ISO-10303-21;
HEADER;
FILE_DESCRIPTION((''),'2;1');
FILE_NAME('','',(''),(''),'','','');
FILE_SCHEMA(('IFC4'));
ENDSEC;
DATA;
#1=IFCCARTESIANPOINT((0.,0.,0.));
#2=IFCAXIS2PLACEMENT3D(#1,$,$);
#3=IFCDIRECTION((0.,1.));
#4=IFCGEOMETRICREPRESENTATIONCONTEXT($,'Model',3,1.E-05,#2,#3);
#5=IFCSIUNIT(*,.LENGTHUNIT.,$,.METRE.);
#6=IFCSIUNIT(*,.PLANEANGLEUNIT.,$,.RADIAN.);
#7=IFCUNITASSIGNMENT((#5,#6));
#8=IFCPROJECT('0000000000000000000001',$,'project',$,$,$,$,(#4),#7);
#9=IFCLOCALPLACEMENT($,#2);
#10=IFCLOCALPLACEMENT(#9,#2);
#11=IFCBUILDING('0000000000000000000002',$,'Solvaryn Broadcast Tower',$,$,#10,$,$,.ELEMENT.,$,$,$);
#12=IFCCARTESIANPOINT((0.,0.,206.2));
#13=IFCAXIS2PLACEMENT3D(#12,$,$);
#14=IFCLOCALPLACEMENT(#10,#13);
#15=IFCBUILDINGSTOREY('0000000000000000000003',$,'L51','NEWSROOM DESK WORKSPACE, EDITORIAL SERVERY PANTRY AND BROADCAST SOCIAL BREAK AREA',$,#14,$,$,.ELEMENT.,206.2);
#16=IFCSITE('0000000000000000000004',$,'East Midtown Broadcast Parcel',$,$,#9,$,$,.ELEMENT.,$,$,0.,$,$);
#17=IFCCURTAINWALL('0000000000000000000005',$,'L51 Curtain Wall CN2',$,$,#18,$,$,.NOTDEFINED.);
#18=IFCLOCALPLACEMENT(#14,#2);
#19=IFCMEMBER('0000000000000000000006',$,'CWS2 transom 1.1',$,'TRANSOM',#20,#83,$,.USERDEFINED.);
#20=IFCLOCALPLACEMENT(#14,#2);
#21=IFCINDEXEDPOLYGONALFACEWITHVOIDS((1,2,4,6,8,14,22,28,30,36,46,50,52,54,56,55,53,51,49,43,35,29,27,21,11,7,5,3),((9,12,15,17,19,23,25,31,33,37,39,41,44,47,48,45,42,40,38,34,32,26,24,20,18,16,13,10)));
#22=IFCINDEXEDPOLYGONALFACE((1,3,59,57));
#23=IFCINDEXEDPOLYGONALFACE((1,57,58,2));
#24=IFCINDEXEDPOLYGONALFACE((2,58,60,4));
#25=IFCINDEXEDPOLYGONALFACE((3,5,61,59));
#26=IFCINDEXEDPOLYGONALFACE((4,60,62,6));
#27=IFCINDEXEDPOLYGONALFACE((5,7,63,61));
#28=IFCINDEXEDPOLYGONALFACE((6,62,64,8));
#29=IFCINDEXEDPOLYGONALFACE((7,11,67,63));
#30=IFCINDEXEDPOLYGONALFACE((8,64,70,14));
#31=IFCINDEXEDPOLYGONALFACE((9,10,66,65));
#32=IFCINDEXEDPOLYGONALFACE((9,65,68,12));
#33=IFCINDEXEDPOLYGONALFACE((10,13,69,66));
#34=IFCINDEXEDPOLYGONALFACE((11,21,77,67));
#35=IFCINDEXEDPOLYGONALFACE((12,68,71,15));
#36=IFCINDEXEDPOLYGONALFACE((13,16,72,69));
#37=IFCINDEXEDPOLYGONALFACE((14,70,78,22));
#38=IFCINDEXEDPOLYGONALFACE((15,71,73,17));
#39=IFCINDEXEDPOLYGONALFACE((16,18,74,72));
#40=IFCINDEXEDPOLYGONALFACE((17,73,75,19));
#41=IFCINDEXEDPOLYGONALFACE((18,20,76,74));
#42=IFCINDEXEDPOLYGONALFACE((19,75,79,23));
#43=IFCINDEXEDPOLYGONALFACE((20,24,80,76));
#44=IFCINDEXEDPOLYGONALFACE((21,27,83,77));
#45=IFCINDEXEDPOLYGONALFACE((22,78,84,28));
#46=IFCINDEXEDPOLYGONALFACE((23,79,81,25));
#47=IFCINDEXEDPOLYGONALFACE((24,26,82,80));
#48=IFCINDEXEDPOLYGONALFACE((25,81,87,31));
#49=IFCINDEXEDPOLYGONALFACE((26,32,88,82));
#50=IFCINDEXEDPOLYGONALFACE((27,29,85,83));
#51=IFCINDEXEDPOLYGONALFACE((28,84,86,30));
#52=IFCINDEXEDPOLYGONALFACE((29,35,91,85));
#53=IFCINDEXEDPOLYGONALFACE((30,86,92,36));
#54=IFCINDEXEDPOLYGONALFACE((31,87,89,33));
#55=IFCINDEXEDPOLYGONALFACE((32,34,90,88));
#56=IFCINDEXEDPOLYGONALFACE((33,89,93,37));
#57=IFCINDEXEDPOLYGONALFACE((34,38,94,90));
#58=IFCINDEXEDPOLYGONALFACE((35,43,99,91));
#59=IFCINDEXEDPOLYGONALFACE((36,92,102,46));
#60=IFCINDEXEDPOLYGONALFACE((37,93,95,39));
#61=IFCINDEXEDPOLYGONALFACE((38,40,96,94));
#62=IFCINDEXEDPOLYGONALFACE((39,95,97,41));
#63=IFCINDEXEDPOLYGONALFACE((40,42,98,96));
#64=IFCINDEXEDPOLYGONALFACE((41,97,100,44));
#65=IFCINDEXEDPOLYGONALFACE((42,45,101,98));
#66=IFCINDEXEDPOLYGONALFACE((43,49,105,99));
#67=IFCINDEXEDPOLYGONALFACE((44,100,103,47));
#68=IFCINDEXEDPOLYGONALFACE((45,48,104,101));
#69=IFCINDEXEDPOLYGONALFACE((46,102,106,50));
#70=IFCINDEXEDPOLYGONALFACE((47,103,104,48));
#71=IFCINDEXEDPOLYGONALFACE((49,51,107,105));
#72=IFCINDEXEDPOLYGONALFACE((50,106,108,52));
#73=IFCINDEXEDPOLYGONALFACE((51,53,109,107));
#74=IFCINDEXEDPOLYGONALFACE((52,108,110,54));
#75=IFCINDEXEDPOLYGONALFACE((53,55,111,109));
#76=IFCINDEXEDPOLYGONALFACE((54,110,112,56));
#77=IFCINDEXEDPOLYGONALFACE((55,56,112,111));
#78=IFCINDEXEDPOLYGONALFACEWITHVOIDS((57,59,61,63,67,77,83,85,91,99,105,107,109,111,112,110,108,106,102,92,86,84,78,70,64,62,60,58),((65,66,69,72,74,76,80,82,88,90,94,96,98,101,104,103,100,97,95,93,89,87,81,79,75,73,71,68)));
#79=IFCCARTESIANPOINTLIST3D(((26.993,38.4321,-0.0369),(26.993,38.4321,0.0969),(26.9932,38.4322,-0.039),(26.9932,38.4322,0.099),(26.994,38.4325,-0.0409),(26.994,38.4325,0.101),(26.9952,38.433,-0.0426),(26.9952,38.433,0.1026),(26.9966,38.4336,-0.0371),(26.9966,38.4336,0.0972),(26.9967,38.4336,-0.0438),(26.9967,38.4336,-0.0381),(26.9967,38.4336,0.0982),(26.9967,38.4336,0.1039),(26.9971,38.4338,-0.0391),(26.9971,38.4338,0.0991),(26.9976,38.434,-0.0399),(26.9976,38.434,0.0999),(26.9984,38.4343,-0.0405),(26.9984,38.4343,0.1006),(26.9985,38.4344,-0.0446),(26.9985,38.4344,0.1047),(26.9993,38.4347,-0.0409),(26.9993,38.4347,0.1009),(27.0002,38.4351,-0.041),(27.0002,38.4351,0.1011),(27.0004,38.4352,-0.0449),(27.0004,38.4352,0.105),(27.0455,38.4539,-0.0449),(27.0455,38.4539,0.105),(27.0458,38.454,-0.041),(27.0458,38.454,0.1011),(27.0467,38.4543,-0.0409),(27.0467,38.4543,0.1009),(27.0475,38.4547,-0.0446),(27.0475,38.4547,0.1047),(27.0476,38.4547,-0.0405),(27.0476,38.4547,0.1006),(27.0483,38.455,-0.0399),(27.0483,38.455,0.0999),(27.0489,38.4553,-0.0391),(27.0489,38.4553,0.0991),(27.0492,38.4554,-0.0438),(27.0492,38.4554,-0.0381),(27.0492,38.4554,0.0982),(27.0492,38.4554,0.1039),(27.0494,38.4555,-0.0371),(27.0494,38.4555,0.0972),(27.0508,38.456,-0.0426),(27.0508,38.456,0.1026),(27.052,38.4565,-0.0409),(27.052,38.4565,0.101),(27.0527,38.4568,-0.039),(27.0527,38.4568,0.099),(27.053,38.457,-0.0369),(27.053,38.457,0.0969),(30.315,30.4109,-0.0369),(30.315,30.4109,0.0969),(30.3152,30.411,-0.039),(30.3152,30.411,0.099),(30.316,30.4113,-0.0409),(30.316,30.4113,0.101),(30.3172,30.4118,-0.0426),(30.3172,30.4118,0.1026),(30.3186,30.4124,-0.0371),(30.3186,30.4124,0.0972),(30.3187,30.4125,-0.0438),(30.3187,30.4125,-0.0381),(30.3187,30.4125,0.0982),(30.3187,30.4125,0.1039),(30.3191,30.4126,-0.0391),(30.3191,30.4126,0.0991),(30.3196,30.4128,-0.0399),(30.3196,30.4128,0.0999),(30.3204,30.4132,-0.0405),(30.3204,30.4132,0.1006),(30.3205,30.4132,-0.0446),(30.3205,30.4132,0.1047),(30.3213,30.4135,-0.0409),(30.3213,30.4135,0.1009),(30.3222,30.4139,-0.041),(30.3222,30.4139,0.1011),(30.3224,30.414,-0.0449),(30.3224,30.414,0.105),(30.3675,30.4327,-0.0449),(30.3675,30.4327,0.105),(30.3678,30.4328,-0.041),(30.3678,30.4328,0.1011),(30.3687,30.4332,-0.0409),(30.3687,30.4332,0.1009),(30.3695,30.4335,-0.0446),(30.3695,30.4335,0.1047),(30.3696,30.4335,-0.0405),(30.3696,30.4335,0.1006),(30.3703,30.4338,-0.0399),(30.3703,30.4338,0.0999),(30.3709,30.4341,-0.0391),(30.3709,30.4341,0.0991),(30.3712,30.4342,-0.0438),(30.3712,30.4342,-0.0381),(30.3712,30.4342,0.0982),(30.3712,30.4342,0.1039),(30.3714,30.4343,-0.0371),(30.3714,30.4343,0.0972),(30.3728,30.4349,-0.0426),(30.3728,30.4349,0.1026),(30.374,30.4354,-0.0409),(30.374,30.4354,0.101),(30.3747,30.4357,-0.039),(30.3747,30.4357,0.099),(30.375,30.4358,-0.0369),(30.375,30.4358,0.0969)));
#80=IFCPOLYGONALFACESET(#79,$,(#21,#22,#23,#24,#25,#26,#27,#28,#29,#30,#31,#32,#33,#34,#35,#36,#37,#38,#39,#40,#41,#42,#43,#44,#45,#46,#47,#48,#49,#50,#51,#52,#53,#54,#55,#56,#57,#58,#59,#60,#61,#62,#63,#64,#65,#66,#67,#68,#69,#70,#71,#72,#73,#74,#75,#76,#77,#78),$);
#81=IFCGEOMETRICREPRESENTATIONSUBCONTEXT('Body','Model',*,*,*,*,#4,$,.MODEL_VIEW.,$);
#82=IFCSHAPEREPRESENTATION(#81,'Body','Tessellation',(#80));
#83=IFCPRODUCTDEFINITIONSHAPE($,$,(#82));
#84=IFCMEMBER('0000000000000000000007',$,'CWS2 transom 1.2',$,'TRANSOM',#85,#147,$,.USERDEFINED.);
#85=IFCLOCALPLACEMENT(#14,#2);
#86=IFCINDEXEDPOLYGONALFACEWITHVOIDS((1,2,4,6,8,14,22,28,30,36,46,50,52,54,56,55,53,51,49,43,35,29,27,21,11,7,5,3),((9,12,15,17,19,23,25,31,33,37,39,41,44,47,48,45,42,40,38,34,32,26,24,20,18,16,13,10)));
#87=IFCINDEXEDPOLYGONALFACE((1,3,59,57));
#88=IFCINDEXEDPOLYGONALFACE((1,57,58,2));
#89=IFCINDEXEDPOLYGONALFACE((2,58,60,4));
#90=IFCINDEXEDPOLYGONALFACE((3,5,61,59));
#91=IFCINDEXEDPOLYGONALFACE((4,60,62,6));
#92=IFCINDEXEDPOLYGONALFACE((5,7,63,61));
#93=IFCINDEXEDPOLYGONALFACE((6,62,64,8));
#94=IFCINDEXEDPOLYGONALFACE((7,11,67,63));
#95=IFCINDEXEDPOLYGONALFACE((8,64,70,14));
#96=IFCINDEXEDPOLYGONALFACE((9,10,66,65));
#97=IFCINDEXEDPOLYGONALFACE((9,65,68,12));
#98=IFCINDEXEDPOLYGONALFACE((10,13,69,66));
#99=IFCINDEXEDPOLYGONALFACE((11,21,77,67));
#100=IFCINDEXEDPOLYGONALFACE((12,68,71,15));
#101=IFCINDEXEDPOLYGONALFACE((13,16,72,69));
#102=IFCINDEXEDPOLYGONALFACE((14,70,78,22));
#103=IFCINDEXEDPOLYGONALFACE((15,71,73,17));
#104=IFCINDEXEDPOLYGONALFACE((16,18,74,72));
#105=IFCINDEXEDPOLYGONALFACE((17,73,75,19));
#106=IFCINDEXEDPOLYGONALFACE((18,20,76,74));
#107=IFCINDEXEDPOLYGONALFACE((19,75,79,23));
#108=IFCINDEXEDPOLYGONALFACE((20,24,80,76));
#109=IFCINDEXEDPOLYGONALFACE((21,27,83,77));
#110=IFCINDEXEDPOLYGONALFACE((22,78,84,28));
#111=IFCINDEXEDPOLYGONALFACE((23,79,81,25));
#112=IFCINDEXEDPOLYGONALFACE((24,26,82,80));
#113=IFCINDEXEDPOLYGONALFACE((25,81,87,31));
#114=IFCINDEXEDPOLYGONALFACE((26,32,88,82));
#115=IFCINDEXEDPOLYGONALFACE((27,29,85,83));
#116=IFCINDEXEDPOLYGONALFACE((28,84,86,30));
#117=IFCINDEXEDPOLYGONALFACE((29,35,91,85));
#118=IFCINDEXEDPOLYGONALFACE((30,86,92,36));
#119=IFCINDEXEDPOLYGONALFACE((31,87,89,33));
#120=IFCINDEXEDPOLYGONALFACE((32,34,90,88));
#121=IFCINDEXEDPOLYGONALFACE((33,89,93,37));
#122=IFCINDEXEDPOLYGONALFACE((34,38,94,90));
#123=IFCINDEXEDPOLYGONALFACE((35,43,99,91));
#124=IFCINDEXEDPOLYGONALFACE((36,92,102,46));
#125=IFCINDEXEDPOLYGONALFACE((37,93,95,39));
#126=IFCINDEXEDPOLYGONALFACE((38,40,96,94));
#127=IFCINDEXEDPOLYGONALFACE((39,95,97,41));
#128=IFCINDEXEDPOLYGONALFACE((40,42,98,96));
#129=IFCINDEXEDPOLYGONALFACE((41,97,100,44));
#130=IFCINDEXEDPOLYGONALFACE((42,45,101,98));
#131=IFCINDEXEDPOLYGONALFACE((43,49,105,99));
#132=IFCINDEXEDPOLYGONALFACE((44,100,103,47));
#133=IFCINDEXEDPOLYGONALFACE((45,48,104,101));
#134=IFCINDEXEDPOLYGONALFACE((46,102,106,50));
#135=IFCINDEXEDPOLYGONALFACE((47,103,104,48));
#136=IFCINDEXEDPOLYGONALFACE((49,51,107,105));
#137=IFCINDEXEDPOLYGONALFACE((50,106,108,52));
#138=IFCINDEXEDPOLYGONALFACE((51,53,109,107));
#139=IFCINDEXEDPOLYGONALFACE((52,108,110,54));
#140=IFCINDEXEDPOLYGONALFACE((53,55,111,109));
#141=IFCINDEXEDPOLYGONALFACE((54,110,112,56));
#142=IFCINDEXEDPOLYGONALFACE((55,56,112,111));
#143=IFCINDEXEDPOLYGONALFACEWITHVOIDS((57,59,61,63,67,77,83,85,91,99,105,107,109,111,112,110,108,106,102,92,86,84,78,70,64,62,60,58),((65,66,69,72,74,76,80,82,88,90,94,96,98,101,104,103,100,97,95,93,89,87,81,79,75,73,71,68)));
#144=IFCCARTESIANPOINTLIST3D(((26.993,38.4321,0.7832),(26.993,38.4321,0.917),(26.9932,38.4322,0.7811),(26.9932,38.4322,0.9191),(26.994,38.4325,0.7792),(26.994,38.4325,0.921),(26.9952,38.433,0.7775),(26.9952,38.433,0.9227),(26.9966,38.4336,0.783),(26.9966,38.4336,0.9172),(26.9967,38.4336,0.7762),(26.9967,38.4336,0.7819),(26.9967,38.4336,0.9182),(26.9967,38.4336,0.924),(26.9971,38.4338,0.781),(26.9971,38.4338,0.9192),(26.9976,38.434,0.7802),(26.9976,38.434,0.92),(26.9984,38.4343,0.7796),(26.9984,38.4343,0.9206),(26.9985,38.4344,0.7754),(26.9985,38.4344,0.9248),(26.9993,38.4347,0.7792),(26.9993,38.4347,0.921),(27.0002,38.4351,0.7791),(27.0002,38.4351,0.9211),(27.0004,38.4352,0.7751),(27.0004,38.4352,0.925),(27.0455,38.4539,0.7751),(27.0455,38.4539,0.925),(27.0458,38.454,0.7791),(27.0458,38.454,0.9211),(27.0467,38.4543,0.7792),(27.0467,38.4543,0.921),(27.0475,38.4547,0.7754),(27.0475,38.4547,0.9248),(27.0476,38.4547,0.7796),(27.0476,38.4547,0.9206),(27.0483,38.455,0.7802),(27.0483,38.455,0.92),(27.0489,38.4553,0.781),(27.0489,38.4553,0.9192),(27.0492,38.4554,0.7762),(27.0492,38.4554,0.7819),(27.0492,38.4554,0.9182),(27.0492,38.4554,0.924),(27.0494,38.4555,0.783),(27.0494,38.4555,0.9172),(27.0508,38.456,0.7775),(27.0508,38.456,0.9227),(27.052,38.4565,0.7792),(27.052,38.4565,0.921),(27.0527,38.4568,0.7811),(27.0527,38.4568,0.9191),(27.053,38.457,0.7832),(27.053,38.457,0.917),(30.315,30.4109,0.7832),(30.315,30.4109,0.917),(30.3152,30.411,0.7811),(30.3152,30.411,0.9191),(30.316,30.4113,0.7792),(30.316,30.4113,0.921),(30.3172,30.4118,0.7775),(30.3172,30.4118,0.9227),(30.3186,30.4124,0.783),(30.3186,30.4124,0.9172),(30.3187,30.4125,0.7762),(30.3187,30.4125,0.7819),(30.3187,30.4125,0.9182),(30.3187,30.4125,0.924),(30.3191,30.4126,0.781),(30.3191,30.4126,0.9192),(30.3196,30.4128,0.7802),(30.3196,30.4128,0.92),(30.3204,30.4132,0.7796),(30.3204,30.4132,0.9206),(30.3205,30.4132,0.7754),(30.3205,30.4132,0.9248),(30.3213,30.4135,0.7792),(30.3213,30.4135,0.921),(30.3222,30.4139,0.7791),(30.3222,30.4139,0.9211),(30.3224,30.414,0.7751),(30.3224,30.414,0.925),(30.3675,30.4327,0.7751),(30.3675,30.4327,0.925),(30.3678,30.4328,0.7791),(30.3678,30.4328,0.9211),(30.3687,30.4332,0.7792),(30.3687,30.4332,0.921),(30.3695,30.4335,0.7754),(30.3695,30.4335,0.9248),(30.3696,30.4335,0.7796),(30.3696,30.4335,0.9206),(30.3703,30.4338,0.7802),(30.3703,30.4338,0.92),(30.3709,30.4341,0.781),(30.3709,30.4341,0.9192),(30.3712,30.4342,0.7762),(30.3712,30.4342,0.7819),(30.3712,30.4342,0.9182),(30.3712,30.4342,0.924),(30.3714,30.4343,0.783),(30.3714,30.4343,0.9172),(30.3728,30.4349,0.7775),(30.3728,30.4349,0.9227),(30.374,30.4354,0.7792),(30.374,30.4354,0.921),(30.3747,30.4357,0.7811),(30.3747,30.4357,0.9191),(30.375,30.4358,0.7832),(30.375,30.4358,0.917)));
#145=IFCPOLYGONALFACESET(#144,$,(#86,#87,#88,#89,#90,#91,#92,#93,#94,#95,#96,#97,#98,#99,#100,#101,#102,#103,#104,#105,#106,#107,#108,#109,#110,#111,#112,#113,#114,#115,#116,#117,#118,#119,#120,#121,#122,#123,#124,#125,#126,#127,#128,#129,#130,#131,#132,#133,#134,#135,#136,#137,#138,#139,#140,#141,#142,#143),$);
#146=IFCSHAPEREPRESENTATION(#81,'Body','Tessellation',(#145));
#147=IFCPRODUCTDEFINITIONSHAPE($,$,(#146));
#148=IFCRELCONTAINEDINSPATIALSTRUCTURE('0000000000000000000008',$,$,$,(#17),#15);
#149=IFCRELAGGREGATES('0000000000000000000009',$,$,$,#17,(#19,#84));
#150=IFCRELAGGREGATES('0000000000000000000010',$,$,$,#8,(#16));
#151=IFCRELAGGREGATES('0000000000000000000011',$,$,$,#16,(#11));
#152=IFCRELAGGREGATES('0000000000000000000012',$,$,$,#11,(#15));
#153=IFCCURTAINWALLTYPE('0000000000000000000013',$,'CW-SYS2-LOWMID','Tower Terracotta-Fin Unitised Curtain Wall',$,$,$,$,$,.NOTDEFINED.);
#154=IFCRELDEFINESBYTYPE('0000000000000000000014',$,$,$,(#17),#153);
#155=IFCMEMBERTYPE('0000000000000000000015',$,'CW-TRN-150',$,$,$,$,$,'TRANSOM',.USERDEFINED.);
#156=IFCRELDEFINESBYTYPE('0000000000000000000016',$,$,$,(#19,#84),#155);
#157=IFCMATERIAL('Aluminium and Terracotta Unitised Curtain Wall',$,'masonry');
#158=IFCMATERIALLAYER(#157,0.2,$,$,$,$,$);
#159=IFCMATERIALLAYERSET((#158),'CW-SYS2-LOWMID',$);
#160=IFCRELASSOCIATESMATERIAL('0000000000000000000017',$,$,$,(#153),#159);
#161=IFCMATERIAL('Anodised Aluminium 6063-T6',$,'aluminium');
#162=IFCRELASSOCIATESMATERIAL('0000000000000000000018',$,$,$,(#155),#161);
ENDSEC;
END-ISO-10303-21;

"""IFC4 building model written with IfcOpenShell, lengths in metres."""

from ifc_helpers import new_model, si_unit, direction, frame, origin, origin_2d, place, context, subcontext, project, spatial, hollow_rectangle, extrude, material, layer, layer_set, material_profile, profile_set, type_object, element, aggregate, save


model = new_model("IFC4")

# Units and contexts
model_context = context("Model", 3, precision=1e-05, world=origin(), true_north=direction((0.0, 1.0)))
body_context = subcontext(model_context, "Body", "Model", "MODEL_VIEW")
ifc_project = project(units=[si_unit("LENGTHUNIT", "METRE"), si_unit("PLANEANGLEUNIT", "RADIAN")], contexts=[model_context])

# Site, building, storey
site_placement = place(None, origin())
site = spatial("IfcSite", under=ifc_project, at=site_placement, Name="East Midtown Broadcast Parcel", CompositionType="ELEMENT", RefElevation=0.0)
building_placement = place(site_placement, origin())
building = spatial("IfcBuilding", under=site, at=building_placement, Name="Solvaryn Broadcast Tower", CompositionType="ELEMENT")
storey_placement = place(building_placement, frame((0.0, 0.0, 206.2)))
storey = spatial("IfcBuildingStorey", under=building, at=storey_placement, Name="L51", Description="NEWSROOM DESK WORKSPACE, EDITORIAL SERVERY PANTRY AND BROADCAST SOCIAL BREAK AREA", CompositionType="ELEMENT", Elevation=206.2)

# Shared definitions
ifc_material_1 = material(Name="Aluminium and Terracotta Unitised Curtain Wall", Category="masonry")
ifc_layer_1 = layer(ifc_material_1, 0.2)
ifc_layer_set_1 = layer_set([ifc_layer_1], Name="CW-SYS2-LOWMID")
curtain_wall_type = type_object("IfcCurtainWallType", Name="CW-SYS2-LOWMID", Description="Tower Terracotta-Fin Unitised Curtain Wall", PredefinedType="NOTDEFINED", material=ifc_layer_set_1)

# Curtain wall, members
curtain_wall_1_placement = place(storey_placement, origin())
curtain_wall_1 = element("IfcCurtainWall", 1, at=curtain_wall_1_placement, inside=storey, type_object=curtain_wall_type, Name="L51 Curtain Wall CN2", PredefinedType="NOTDEFINED")
ifc_material_2 = material(Name="Anodised Aluminium 6063-T6", Category="aluminium")
ifc_material_profile_1 = material_profile(ifc_material_2, hollow_rectangle(XDim=0.0649, YDim=0.1499, WallThickness=0.0039, InnerFilletRadius=0.0039, OuterFilletRadius=0.0081, at=origin_2d()))
ifc_profile_set_1 = profile_set([ifc_material_profile_1], Name="Anodised Aluminium 6063-T6")
member_type_1 = type_object("IfcMemberType", Name="CW-TRN-150", ElementType="TRANSOM", PredefinedType="USERDEFINED", material=ifc_profile_set_1)
member_1_placement = place(storey_placement, frame((30.345, 30.4233, 0.03), z_axis=(-0.382636, 0.923899, 0.0), x_axis=(-0.923899, -0.382636, 0.0)))
member_1 = element("IfcMember", 2, at=member_1_placement, type_object=member_type_1, Name="CWS2 transom 1.1", ObjectType="TRANSOM", PredefinedType="USERDEFINED", context=body_context, shape_type="SweptSolid", body=[
    extrude(hollow_rectangle(XDim=0.0649, YDim=0.1499, WallThickness=0.0039, InnerFilletRadius=0.0039, OuterFilletRadius=0.0081, at=origin_2d()), origin(), (0.0, 0.0, 1.0), 8.6819),
])
member_2_placement = place(storey_placement, frame((30.345, 30.4233, 0.8501), z_axis=(-0.382636, 0.923899, 0.0), x_axis=(-0.923899, -0.382636, 0.0)))
member_2 = element("IfcMember", 3, at=member_2_placement, type_object=member_type_1, Name="CWS2 transom 1.2", ObjectType="TRANSOM", PredefinedType="USERDEFINED", context=body_context, shape_type="SweptSolid", body=[
    extrude(hollow_rectangle(XDim=0.0649, YDim=0.1499, WallThickness=0.0039, InnerFilletRadius=0.0039, OuterFilletRadius=0.0081, at=origin_2d()), origin(), (0.0, 0.0, 1.0), 8.6819),
])

aggregate(curtain_wall_1, [member_1, member_2])

save(model, "model.ifc")
